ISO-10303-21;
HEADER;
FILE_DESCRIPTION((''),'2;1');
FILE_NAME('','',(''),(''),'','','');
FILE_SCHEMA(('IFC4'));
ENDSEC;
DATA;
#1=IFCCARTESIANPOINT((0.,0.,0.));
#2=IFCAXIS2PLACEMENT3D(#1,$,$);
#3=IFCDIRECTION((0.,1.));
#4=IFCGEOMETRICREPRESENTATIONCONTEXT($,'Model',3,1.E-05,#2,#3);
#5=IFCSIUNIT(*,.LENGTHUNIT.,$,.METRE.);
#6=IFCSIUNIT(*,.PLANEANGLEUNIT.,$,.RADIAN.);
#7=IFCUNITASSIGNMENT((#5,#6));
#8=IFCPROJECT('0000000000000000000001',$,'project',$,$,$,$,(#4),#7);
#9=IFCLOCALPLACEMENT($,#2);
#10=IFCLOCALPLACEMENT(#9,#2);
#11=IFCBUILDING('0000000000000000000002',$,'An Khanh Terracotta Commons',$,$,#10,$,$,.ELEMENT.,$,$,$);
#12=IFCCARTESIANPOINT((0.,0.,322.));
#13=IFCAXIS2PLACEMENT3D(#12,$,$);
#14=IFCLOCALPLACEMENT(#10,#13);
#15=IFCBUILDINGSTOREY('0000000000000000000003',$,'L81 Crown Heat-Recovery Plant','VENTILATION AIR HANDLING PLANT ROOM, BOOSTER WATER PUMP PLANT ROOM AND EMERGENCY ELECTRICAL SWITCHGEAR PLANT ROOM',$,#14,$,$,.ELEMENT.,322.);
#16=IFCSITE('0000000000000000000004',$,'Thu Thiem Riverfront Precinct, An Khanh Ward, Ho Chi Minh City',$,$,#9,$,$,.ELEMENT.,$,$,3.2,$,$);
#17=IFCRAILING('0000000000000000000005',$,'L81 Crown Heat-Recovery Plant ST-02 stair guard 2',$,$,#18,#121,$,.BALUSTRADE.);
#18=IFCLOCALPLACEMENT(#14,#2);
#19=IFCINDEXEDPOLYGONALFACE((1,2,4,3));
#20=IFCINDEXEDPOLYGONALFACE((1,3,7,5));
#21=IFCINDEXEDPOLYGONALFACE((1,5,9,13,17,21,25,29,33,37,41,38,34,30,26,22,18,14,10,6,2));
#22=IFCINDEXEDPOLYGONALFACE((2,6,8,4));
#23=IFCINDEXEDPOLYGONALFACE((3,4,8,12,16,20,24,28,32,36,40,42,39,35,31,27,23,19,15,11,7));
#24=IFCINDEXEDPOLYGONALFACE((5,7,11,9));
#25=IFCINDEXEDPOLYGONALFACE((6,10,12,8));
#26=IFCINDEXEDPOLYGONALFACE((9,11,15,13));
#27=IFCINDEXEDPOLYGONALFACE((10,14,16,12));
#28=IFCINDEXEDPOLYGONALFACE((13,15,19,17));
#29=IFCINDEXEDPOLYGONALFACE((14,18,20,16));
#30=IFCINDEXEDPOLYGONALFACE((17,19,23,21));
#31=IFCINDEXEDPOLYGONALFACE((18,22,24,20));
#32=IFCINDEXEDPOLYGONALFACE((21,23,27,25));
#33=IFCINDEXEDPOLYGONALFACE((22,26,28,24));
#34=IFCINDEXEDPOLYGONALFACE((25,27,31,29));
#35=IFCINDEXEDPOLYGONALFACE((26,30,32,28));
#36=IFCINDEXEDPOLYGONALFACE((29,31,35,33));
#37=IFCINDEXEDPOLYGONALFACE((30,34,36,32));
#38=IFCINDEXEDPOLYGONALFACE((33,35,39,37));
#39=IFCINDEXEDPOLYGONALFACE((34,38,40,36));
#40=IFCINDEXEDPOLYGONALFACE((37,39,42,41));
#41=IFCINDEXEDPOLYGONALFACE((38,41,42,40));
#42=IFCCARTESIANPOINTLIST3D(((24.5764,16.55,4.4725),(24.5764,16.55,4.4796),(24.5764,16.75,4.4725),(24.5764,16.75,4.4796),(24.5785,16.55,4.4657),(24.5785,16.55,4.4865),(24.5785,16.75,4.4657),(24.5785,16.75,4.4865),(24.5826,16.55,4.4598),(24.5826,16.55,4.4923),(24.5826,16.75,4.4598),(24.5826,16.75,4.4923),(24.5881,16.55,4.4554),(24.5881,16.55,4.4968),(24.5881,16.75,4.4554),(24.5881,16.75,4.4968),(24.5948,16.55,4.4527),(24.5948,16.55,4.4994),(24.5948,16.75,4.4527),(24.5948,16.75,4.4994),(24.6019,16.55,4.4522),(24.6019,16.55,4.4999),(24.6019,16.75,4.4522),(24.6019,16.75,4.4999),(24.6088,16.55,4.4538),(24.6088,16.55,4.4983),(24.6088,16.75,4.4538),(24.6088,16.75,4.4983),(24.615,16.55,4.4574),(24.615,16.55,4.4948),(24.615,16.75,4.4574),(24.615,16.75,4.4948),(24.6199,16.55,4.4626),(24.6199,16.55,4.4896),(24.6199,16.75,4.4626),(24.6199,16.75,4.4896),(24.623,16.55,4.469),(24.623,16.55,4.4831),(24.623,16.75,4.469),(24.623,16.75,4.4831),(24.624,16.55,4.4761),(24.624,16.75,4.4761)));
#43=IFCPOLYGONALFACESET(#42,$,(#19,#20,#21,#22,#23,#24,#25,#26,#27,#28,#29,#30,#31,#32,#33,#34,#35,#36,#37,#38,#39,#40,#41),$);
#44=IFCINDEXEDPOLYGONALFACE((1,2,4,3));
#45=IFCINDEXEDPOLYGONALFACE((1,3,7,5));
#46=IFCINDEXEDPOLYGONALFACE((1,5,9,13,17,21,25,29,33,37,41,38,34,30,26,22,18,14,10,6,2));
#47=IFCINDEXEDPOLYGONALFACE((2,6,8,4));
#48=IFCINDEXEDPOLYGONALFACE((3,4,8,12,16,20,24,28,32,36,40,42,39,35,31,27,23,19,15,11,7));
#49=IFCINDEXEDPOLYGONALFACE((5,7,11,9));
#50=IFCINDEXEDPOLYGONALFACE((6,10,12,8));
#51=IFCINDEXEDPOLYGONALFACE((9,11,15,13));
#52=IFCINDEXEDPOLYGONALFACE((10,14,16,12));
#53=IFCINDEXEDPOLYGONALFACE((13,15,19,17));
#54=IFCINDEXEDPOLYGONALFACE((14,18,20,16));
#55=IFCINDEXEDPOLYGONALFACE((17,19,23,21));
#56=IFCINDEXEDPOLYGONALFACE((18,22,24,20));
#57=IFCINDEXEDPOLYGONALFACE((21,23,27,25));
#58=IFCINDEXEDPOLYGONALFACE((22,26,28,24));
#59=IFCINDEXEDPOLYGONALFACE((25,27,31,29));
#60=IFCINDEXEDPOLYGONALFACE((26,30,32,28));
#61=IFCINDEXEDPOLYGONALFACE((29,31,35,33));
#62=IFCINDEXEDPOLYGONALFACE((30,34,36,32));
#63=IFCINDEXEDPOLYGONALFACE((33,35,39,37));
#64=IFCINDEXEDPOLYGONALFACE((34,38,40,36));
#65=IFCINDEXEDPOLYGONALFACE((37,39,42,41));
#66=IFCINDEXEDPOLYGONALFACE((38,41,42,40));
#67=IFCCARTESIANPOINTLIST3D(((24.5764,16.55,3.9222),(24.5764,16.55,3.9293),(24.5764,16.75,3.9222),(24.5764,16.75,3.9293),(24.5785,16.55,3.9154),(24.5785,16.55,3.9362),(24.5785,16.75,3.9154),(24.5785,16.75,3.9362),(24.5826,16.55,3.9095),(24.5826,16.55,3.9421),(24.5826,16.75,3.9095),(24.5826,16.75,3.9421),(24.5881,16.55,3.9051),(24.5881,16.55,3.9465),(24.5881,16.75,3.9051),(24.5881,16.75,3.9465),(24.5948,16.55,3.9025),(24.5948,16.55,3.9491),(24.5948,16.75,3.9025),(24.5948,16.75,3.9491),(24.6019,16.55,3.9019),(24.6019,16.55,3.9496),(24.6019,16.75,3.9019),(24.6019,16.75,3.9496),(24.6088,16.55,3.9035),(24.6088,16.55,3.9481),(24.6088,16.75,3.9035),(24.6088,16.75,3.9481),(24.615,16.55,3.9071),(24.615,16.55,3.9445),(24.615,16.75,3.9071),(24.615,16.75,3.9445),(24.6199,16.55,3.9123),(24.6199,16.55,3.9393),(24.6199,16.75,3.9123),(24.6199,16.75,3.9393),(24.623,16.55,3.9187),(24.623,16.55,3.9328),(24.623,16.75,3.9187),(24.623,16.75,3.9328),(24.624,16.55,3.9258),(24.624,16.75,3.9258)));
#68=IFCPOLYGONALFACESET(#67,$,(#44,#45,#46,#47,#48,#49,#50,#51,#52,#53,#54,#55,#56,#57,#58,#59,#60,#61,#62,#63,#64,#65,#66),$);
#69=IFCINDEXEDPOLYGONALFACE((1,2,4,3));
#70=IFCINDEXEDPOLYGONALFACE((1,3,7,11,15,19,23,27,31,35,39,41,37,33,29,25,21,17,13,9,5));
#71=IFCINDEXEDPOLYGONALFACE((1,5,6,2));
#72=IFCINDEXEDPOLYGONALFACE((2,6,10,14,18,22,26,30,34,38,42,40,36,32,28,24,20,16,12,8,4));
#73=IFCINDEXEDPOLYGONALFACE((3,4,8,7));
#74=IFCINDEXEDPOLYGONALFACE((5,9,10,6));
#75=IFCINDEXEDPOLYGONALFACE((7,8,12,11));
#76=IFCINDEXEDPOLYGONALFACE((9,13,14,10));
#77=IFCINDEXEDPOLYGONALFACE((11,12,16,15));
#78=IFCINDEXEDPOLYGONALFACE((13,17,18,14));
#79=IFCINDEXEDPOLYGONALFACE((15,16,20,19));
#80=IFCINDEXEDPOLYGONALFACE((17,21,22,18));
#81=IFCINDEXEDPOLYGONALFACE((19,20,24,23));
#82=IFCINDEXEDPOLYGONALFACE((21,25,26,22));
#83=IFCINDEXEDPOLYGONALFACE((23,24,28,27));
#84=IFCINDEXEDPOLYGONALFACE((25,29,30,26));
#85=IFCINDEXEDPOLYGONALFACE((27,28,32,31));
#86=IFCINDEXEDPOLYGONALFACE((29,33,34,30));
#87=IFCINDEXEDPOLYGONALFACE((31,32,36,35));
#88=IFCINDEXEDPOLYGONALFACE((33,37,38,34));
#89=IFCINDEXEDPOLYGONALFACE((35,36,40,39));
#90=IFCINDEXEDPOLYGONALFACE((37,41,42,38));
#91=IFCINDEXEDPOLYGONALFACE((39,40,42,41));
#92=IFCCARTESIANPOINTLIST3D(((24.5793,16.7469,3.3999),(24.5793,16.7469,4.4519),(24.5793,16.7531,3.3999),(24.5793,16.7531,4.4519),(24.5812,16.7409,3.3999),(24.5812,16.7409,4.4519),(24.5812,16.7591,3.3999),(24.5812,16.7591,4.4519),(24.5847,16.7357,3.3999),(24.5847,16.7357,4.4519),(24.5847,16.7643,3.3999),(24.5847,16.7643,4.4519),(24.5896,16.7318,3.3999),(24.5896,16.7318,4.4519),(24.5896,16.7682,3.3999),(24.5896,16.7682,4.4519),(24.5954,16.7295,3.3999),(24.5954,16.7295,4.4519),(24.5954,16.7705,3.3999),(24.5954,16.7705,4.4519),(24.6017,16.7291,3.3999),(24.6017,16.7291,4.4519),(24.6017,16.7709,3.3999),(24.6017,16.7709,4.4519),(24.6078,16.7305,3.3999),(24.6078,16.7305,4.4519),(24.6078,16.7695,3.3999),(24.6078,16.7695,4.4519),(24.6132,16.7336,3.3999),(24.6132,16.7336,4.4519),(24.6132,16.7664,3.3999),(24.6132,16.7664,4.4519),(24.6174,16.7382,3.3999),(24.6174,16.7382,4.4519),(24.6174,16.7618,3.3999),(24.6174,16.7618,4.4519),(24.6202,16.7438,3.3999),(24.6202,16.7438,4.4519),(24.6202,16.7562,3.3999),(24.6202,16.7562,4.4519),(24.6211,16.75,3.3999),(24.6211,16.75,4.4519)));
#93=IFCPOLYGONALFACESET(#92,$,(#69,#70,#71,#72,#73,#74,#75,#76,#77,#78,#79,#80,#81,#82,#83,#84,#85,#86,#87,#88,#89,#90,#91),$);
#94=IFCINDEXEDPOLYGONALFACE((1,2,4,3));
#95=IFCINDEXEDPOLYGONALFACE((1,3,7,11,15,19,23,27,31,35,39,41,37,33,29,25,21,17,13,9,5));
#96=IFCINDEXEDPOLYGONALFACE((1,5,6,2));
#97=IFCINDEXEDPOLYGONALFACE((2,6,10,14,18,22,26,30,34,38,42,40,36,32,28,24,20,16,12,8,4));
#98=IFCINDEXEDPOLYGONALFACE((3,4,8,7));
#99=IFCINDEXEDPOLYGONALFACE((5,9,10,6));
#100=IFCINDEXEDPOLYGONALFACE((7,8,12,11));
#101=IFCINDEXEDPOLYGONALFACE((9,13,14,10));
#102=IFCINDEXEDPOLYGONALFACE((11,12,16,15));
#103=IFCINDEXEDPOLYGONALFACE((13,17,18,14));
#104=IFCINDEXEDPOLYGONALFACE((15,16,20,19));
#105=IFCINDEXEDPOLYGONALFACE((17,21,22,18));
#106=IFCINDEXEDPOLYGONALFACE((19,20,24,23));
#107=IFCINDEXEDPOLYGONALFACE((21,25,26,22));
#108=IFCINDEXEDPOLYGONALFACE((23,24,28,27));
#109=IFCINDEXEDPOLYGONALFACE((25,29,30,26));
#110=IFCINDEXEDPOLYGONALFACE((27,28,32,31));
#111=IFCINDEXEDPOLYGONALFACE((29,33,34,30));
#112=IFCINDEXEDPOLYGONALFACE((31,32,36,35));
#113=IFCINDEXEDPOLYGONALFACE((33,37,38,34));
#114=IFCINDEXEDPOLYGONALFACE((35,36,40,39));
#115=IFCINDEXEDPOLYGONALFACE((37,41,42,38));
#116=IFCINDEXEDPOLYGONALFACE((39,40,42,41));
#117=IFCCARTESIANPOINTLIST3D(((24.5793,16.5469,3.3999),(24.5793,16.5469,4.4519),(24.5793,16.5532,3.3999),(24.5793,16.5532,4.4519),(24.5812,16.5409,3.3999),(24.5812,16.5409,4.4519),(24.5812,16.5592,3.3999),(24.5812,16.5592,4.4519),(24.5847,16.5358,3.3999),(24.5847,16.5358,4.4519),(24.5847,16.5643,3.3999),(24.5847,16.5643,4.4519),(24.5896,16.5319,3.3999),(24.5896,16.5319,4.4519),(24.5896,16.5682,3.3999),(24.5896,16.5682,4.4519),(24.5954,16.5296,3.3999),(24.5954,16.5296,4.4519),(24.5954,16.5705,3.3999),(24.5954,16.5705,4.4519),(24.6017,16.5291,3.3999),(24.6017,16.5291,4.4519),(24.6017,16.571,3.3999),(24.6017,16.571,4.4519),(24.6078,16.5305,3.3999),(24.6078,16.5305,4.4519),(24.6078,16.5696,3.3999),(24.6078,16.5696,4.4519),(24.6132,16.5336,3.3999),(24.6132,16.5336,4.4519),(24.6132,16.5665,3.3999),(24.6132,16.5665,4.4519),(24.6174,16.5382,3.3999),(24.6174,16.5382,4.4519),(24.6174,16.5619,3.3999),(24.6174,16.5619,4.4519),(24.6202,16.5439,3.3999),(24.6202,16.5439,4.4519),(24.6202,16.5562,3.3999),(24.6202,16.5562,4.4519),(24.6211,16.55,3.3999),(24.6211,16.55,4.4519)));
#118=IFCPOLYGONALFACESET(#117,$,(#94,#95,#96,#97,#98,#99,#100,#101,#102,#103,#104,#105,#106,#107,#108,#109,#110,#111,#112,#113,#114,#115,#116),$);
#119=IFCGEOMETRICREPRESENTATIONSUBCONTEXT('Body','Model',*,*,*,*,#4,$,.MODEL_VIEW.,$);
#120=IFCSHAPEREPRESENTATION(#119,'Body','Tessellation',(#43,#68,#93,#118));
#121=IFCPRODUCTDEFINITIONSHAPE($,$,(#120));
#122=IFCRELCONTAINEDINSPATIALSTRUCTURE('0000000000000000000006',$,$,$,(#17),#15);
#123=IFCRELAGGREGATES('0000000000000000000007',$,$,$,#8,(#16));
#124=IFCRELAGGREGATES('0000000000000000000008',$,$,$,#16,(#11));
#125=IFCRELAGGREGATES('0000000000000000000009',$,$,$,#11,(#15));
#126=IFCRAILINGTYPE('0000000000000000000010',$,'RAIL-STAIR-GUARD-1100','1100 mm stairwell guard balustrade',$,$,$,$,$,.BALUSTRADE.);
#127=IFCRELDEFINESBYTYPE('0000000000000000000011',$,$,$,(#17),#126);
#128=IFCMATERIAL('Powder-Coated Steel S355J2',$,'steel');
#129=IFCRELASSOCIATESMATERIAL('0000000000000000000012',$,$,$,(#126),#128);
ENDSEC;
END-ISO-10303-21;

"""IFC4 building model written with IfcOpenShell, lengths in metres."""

from ifc_helpers import new_model, si_unit, direction, frame, origin, origin_2d, place, context, subcontext, project, spatial, circle, extrude, material, type_object, element, save


model = new_model("IFC4")

# Units and contexts
model_context = context("Model", 3, precision=1e-05, world=origin(), true_north=direction((0.0, 1.0)))
body_context = subcontext(model_context, "Body", "Model", "MODEL_VIEW")
ifc_project = project(units=[si_unit("LENGTHUNIT", "METRE"), si_unit("PLANEANGLEUNIT", "RADIAN")], contexts=[model_context])

# Site, building, storey
site_placement = place(None, origin())
site = spatial("IfcSite", under=ifc_project, at=site_placement, Name="Thu Thiem Riverfront Precinct, An Khanh Ward, Ho Chi Minh City", CompositionType="ELEMENT", RefElevation=3.2)
building_placement = place(site_placement, origin())
building = spatial("IfcBuilding", under=site, at=building_placement, Name="An Khanh Terracotta Commons", CompositionType="ELEMENT")
storey_placement = place(building_placement, frame((0.0, 0.0, 322.0)))
storey = spatial("IfcBuildingStorey", under=building, at=storey_placement, Name="L81 Crown Heat-Recovery Plant", Description="VENTILATION AIR HANDLING PLANT ROOM, BOOSTER WATER PUMP PLANT ROOM AND EMERGENCY ELECTRICAL SWITCHGEAR PLANT ROOM", CompositionType="ELEMENT", Elevation=322.0)

# Railing
ifc_material_1 = material(Name="Powder-Coated Steel S355J2", Category="steel")
railing_type_1 = type_object("IfcRailingType", Name="RAIL-STAIR-GUARD-1100", Description="1100 mm stairwell guard balustrade", PredefinedType="BALUSTRADE", material=ifc_material_1)
railing_1_placement = place(storey_placement, frame((24.6001, 16.75, 3.3999)))
element("IfcRailing", 1, at=railing_1_placement, inside=storey, type_object=railing_type_1, Name="L81 Crown Heat-Recovery Plant ST-02 stair guard 2", PredefinedType="BALUSTRADE", context=body_context, shape_type="SweptSolid", body=[
    extrude(circle(Radius=0.0239, at=origin_2d()), frame((0.0, 0.0, 1.0762), z_axis=(0.0, -1.0, 0.0), x_axis=(1.0, 0.0, 0.0)), (0.0, 0.0, 1.0), 0.2),
    extrude(circle(Radius=0.0239, at=origin_2d()), frame((0.0, 0.0, 0.5259), z_axis=(0.0, -1.0, 0.0), x_axis=(1.0, 0.0, 0.0)), (0.0, 0.0, 1.0), 0.2),
    extrude(circle(Radius=0.021, at=origin_2d()), origin(), (0.0, 0.0, 1.0), 1.052),
    extrude(circle(Radius=0.021, at=origin_2d()), frame((0.0, -0.2, 0.0)), (0.0, 0.0, 1.0), 1.052),
])

save(model, "model.ifc")
